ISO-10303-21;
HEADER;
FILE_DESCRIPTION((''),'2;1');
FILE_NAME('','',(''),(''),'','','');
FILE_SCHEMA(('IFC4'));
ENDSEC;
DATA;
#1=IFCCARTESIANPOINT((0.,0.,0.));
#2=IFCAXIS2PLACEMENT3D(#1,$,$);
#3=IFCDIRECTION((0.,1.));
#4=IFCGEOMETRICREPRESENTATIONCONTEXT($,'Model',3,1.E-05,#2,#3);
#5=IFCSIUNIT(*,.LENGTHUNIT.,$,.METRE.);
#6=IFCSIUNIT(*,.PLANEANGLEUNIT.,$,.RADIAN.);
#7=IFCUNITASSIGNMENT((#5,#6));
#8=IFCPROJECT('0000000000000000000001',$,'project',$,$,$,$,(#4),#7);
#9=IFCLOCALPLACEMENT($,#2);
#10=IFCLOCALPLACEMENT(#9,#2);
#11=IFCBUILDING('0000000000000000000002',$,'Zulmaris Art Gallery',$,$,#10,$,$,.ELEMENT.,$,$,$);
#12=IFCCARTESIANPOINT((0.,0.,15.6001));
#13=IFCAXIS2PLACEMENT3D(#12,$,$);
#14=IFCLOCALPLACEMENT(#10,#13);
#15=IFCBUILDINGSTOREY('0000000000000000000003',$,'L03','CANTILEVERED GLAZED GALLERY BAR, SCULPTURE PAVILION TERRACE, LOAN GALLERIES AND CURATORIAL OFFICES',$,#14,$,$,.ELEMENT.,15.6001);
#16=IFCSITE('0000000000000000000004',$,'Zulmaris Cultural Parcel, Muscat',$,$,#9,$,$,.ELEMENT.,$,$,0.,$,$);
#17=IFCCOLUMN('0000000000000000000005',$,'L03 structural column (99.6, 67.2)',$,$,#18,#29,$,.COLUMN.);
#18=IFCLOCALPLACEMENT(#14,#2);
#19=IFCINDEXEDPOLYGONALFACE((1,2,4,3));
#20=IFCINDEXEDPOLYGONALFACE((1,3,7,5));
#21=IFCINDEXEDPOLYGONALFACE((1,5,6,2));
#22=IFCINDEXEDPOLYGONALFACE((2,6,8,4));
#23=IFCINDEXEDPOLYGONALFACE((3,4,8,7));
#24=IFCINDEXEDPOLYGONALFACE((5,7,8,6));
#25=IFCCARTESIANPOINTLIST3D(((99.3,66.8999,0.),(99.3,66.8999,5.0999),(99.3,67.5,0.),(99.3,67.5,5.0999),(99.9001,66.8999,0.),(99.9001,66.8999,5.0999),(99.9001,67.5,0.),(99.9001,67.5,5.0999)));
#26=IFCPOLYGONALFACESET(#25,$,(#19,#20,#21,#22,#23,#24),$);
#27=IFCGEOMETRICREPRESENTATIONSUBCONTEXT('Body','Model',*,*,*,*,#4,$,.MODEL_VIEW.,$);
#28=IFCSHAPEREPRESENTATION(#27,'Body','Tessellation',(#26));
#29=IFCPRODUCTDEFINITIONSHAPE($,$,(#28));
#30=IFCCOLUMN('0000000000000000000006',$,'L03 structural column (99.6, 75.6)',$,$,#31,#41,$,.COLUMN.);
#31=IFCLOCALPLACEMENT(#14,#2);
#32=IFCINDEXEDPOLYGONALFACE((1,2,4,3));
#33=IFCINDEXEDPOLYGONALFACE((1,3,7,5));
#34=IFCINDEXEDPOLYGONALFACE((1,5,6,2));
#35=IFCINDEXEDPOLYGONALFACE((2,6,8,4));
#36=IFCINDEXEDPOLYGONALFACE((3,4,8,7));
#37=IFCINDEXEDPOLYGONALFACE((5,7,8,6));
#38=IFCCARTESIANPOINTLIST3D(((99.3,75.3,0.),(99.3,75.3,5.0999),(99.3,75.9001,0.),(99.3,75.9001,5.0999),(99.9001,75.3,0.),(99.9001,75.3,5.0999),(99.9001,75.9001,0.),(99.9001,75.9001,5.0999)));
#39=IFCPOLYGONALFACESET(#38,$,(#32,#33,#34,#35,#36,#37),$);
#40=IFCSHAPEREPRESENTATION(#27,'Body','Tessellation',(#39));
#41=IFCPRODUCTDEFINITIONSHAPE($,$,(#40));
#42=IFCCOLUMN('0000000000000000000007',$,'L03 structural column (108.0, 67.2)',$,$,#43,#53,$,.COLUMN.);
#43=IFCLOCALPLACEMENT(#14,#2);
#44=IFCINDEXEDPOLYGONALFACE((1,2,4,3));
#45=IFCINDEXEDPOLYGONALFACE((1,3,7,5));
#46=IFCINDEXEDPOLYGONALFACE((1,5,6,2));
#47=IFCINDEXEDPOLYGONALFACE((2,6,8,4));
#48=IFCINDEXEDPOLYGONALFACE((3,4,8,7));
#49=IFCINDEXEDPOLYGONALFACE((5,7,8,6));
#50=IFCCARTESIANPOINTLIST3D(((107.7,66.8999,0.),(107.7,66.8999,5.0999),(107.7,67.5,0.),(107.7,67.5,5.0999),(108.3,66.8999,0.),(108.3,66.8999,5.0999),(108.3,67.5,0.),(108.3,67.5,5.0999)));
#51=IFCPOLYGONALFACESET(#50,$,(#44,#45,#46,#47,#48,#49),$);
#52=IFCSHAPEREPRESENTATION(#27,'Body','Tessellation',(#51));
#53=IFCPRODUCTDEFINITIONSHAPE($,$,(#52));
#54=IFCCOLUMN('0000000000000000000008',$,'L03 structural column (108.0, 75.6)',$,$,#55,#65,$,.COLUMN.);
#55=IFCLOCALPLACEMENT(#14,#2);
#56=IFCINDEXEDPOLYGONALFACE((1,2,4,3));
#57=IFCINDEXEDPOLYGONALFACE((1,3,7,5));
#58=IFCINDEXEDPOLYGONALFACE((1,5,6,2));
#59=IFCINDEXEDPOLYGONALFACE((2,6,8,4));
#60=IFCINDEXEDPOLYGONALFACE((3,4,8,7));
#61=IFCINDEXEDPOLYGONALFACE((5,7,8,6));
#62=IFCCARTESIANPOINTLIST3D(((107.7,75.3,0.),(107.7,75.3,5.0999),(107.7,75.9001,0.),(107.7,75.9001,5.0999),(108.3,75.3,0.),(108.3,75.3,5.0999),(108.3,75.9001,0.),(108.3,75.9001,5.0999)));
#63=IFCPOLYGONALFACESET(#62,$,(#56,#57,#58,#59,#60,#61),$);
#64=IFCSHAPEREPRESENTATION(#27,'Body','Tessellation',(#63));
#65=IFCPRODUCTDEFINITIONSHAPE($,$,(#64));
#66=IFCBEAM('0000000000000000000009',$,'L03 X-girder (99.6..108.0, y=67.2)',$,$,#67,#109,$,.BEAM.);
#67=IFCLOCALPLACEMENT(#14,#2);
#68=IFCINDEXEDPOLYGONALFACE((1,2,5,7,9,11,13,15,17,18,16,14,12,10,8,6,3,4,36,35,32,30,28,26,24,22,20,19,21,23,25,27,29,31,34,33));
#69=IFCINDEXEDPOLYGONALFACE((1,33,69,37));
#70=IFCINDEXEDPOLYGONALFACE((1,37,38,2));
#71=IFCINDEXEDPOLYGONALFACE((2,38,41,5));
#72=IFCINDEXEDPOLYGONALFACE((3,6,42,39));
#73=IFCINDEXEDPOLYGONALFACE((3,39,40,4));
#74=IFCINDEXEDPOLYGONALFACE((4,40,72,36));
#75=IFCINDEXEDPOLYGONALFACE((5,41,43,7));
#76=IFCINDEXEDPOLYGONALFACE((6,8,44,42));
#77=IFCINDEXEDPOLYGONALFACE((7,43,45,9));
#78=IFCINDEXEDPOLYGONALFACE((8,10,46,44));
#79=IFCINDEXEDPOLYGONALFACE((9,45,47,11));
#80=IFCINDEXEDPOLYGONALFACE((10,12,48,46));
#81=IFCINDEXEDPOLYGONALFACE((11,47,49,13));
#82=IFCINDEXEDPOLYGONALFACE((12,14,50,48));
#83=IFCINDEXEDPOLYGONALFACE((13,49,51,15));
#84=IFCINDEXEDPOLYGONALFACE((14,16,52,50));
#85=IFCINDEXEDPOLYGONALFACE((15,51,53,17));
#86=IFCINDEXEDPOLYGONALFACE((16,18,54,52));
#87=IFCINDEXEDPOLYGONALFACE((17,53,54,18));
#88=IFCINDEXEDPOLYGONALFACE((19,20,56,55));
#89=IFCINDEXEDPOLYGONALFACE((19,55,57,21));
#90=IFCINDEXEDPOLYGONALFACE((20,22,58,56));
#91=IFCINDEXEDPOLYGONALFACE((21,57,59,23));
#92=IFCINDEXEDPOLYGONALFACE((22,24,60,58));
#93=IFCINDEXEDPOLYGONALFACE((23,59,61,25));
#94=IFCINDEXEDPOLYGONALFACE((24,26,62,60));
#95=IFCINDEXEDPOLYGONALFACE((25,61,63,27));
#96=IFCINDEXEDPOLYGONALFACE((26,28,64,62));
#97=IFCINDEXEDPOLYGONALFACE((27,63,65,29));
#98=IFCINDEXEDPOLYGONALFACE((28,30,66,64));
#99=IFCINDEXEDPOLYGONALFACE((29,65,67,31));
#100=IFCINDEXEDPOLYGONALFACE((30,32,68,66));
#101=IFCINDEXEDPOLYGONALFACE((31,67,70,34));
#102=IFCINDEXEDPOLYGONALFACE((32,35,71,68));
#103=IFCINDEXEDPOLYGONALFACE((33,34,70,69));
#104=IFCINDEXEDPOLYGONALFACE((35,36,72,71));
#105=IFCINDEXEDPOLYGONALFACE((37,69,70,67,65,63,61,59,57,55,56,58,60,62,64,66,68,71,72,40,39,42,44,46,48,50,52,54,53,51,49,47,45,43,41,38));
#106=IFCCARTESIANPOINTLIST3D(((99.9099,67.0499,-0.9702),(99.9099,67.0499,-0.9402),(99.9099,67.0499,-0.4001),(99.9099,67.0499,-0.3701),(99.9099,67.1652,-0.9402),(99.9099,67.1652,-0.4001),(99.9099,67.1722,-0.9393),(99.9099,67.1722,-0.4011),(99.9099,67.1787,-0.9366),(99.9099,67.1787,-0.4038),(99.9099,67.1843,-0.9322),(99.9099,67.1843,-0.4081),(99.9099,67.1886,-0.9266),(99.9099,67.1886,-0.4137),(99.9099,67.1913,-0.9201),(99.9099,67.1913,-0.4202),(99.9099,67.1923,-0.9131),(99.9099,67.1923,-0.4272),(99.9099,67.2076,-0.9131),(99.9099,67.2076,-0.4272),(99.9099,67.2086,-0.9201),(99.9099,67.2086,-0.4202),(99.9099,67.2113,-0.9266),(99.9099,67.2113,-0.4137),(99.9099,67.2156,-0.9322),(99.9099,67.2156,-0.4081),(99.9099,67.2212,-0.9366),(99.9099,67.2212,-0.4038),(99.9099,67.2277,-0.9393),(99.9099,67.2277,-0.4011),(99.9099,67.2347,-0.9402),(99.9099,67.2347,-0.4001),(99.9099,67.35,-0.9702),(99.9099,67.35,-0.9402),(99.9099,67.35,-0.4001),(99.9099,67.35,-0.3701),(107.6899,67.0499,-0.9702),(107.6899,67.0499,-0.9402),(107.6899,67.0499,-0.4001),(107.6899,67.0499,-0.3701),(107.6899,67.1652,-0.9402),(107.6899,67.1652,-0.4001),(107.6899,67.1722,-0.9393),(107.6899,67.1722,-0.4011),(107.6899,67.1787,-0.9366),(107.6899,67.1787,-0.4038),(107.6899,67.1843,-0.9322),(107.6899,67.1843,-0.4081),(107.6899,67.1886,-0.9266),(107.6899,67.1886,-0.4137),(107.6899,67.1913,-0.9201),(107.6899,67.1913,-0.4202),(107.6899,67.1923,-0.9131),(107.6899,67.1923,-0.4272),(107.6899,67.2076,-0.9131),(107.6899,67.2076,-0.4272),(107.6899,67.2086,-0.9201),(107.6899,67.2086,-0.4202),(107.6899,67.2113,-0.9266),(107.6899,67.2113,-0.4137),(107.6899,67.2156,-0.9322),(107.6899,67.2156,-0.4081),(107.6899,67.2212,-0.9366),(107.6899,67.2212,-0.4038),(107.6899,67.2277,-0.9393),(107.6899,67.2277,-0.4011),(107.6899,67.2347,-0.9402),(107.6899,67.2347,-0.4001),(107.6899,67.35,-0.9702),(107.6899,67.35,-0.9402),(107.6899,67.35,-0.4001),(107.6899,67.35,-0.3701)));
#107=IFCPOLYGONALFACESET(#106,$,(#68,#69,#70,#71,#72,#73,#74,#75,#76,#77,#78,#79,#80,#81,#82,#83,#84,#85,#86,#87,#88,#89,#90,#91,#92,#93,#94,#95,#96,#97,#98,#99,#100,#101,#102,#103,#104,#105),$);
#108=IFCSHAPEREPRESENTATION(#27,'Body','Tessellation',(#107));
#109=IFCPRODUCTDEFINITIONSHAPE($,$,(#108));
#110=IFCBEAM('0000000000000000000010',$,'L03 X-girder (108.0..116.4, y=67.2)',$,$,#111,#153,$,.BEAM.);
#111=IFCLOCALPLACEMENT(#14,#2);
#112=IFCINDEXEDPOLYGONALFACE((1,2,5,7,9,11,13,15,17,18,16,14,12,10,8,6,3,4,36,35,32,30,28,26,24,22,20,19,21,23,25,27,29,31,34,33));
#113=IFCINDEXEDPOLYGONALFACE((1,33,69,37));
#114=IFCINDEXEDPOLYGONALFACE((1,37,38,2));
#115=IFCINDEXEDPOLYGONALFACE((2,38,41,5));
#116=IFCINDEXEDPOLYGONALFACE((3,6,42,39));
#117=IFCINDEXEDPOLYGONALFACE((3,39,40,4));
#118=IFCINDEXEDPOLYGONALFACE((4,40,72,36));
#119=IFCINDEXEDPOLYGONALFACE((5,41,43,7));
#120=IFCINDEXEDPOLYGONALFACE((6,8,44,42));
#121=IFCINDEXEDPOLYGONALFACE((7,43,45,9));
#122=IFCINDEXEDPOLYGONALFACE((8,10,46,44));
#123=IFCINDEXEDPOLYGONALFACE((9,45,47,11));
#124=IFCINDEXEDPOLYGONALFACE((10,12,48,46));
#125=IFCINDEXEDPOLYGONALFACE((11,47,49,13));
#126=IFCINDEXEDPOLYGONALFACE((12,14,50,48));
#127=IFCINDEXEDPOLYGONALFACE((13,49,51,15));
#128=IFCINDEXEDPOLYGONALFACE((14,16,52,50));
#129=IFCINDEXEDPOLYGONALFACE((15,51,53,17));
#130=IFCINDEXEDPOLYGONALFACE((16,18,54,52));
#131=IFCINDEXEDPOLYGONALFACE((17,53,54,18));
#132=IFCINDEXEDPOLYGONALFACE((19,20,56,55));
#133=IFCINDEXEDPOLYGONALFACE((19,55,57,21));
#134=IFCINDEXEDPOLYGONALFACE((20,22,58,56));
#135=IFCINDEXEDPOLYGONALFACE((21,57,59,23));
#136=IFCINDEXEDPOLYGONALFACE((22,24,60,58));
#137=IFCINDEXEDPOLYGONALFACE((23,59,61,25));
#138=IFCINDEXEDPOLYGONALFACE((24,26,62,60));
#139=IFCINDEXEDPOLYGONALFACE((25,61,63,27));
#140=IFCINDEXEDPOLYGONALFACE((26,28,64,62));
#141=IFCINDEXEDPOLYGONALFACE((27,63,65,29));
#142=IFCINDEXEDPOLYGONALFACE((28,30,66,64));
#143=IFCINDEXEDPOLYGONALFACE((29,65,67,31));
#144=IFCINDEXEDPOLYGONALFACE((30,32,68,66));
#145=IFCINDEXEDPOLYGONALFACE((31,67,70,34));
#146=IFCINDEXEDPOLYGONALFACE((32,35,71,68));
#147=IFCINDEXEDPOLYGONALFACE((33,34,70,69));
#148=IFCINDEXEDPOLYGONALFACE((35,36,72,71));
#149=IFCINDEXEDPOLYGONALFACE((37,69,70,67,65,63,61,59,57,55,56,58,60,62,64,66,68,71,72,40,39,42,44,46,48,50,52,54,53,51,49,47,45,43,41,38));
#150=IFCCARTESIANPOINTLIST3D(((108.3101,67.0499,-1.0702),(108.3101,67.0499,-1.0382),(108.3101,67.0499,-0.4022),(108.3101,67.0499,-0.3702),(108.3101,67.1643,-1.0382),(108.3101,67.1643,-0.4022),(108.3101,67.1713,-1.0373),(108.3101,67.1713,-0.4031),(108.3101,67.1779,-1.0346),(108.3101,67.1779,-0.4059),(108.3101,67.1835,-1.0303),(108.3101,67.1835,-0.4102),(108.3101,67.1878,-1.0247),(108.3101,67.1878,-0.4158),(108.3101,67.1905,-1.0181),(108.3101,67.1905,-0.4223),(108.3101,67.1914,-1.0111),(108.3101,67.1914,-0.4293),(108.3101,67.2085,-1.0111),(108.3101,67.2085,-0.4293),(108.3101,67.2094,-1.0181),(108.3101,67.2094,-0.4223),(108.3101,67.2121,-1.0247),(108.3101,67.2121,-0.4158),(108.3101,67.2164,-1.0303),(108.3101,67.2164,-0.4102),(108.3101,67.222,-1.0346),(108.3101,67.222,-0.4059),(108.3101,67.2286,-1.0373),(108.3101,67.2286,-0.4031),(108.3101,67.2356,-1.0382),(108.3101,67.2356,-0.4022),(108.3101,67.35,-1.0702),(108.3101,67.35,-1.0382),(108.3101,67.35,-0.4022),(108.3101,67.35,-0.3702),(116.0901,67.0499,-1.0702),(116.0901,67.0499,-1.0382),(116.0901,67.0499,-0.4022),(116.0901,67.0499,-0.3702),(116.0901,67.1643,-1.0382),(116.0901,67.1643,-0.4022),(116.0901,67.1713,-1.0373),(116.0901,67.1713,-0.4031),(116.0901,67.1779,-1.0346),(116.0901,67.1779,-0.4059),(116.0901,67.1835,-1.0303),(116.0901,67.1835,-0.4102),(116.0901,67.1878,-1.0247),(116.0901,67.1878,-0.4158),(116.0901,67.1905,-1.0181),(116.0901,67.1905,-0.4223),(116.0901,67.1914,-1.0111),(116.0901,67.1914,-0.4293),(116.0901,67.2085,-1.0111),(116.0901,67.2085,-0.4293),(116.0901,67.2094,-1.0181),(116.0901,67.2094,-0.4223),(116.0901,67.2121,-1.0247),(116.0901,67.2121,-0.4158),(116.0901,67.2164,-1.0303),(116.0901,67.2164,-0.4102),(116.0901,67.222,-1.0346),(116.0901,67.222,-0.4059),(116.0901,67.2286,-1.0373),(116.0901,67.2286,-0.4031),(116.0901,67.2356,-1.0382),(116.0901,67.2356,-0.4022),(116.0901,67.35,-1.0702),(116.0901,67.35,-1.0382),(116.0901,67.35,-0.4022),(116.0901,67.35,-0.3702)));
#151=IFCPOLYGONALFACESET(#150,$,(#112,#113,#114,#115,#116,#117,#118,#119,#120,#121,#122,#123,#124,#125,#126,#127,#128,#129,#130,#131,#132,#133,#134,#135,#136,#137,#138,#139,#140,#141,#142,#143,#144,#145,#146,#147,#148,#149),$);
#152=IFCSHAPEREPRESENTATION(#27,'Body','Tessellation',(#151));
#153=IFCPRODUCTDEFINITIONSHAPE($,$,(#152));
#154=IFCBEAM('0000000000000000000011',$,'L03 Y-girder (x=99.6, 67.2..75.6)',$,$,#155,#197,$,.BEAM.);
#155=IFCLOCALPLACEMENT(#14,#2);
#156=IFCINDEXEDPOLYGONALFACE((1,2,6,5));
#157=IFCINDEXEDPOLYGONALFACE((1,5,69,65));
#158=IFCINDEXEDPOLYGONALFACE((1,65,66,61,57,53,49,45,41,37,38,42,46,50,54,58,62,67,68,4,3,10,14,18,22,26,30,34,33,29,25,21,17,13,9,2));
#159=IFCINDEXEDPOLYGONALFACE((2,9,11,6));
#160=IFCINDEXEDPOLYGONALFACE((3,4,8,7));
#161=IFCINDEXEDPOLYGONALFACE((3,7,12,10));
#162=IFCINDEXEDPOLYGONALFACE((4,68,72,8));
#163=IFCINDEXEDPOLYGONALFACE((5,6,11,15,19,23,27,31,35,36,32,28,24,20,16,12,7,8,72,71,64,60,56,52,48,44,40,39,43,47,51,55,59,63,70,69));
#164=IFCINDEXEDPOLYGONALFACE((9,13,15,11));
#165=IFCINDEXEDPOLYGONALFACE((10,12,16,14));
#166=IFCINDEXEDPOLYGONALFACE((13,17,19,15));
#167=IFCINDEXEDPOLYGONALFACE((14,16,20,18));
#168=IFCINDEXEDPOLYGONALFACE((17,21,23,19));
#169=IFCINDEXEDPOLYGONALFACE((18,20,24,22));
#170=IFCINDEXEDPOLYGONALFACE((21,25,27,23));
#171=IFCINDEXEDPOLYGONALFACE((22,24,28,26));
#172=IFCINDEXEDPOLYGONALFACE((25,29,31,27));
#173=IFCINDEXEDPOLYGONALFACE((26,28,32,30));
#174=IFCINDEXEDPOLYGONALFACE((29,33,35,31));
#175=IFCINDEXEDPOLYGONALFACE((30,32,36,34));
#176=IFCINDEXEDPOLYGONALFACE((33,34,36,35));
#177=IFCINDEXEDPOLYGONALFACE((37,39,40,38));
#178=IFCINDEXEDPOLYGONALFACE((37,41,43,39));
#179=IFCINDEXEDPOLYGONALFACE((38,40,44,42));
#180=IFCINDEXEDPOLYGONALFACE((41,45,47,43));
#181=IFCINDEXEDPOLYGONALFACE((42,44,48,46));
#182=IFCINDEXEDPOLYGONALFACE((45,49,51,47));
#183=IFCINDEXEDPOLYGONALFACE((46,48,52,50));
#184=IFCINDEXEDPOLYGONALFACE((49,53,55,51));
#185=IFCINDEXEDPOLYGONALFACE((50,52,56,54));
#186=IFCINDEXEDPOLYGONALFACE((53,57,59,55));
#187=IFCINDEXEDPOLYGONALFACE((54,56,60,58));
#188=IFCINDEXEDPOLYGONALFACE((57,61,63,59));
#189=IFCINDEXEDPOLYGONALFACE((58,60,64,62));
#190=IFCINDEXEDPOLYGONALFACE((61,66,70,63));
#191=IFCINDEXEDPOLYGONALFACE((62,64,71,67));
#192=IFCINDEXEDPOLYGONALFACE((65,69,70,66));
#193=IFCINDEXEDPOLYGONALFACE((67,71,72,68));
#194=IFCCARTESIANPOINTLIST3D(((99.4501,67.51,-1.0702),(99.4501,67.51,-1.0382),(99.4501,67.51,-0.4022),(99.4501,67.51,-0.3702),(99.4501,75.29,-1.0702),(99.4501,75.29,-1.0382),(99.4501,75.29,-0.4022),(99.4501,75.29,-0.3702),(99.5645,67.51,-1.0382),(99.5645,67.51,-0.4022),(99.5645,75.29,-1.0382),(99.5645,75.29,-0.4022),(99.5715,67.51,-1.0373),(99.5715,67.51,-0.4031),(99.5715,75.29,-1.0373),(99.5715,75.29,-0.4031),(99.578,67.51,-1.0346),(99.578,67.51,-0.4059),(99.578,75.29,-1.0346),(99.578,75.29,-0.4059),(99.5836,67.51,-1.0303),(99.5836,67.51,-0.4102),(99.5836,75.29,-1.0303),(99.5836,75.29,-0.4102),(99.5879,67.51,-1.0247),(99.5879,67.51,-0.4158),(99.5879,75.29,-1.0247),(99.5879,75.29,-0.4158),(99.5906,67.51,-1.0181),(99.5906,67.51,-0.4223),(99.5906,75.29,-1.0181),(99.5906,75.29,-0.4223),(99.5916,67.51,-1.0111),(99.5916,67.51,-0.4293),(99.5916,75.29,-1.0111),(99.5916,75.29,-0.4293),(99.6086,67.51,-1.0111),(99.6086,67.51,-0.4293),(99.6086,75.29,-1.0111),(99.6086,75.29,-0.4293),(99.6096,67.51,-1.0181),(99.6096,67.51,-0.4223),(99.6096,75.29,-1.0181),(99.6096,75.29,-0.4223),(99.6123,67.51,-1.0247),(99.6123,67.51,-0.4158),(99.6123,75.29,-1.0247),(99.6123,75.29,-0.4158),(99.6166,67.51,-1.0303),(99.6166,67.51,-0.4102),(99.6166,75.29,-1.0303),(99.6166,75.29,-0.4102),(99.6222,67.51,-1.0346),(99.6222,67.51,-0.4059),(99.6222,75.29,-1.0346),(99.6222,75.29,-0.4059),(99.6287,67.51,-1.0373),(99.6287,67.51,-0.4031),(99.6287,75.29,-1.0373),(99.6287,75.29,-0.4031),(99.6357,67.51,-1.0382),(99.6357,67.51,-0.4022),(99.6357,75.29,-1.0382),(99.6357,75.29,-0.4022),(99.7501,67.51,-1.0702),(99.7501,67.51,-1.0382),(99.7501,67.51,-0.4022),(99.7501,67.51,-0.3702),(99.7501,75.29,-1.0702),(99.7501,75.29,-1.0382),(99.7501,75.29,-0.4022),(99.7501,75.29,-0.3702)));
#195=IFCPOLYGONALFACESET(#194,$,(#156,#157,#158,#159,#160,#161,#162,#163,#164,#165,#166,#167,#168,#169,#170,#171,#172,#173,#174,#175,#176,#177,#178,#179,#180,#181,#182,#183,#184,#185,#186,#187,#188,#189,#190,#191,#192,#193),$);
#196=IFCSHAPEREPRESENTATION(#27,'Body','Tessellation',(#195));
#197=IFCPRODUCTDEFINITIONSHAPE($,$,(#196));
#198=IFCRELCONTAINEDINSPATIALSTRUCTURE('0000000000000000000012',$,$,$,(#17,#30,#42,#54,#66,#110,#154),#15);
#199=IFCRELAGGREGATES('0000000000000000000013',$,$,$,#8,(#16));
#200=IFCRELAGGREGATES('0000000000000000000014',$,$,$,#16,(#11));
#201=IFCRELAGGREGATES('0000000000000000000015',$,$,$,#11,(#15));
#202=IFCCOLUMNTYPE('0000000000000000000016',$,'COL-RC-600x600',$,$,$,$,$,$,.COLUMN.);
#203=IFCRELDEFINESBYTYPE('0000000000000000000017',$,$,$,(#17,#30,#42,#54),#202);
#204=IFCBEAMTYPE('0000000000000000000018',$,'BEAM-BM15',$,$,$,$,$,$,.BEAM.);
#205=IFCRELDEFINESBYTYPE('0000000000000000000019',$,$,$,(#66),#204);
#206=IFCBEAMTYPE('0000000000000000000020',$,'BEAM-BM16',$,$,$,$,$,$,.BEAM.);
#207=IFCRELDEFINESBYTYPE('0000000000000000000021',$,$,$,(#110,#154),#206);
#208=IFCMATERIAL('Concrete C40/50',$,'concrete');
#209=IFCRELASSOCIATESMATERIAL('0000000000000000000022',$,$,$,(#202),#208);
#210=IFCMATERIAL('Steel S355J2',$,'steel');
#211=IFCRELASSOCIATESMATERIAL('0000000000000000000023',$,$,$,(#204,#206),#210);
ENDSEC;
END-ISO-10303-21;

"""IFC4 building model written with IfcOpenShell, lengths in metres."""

from ifc_helpers import new_model, si_unit, direction, frame, origin, origin_2d, place, context, subcontext, project, spatial, rectangle, i_section, extrude, material, material_profile, profile_set, type_object, element, save


model = new_model("IFC4")

# Units and contexts
model_context = context("Model", 3, precision=1e-05, world=origin(), true_north=direction((0.0, 1.0)))
body_context = subcontext(model_context, "Body", "Model", "MODEL_VIEW")
ifc_project = project(units=[si_unit("LENGTHUNIT", "METRE"), si_unit("PLANEANGLEUNIT", "RADIAN")], contexts=[model_context])

# Site, building, storey
site_placement = place(None, origin())
site = spatial("IfcSite", under=ifc_project, at=site_placement, Name="Zulmaris Cultural Parcel, Muscat", CompositionType="ELEMENT", RefElevation=0.0)
building_placement = place(site_placement, origin())
building = spatial("IfcBuilding", under=site, at=building_placement, Name="Zulmaris Art Gallery", CompositionType="ELEMENT")
storey_placement = place(building_placement, frame((0.0, 0.0, 15.6001)))
storey = spatial("IfcBuildingStorey", under=building, at=storey_placement, Name="L03", Description="CANTILEVERED GLAZED GALLERY BAR, SCULPTURE PAVILION TERRACE, LOAN GALLERIES AND CURATORIAL OFFICES", CompositionType="ELEMENT", Elevation=15.6001)

# Columns
ifc_material_1 = material(Name="Concrete C40/50", Category="concrete")
ifc_material_profile_1 = material_profile(ifc_material_1, rectangle(XDim=0.6001, YDim=0.6001, at=origin_2d()), Name="RC 600x600")
ifc_profile_set_1 = profile_set([ifc_material_profile_1], Name="Concrete C40/50")
column_type = type_object("IfcColumnType", Name="COL-RC-600x600", PredefinedType="COLUMN", material=ifc_profile_set_1)
for number, where, z_axis, x_axis, name in (
    (1, (99.6001, 67.2, 0.0), (0.0, 0.0, 1.0), (1.0, 0.0, 0.0), "L03 structural column (99.6, 67.2)"),
    (2, (99.6001, 75.6001, 0.0), (0.0, 0.0, 1.0), (1.0, 0.0, 0.0), "L03 structural column (99.6, 75.6)"),
    (3, (108.0, 67.2, 0.0), (0.0, 0.0, 1.0), (1.0, 0.0, 0.0), "L03 structural column (108.0, 67.2)"),
    (4, (108.0, 75.6001, 0.0), (0.0, 0.0, 1.0), (1.0, 0.0, 0.0), "L03 structural column (108.0, 75.6)"),
):
    element("IfcColumn", number, at=place(storey_placement, frame(where, z_axis=z_axis, x_axis=x_axis)), inside=storey, type_object=column_type, Name=name, PredefinedType="COLUMN", context=body_context, shape_type="SweptSolid", body=[
        extrude(rectangle(XDim=0.6001, YDim=0.6001, at=origin_2d()), origin(), (0.0, 0.0, 1.0), 5.0999),
    ])

# Beams
ifc_material_2 = material(Name="Steel S355J2", Category="steel")
ifc_material_profile_2 = material_profile(ifc_material_2, i_section(OverallWidth=0.3, OverallDepth=0.6001, WebThickness=0.0154, FlangeThickness=0.03, FilletRadius=0.0271, at=origin_2d()), Name="HEB 600")
ifc_profile_set_2 = profile_set([ifc_material_profile_2], Name="Steel S355J2")
beam_type_1 = type_object("IfcBeamType", Name="BEAM-BM15", PredefinedType="BEAM", material=ifc_profile_set_2)
beam_1_placement = place(storey_placement, frame((99.9099, 67.2, -0.6702), z_axis=(1.0, 0.0, 0.0), x_axis=(0.0, 1.0, 0.0)))
element("IfcBeam", 5, at=beam_1_placement, inside=storey, type_object=beam_type_1, Name="L03 X-girder (99.6..108.0, y=67.2)", PredefinedType="BEAM", context=body_context, shape_type="SweptSolid", body=[
    extrude(i_section(OverallWidth=0.3, OverallDepth=0.6001, WebThickness=0.0154, FlangeThickness=0.03, FilletRadius=0.0271, at=origin_2d()), origin(), (0.0, 0.0, 1.0), 7.78),
])
ifc_material_profile_3 = material_profile(ifc_material_2, i_section(OverallWidth=0.3, OverallDepth=0.7, WebThickness=0.0171, FlangeThickness=0.032, FilletRadius=0.0271, at=origin_2d()), Name="HEB 700")
ifc_profile_set_3 = profile_set([ifc_material_profile_3], Name="Steel S355J2")
beam_type_2 = type_object("IfcBeamType", Name="BEAM-BM16", PredefinedType="BEAM", material=ifc_profile_set_3)
for number, where, z_axis, x_axis, name in (
    (6, (108.3101, 67.2, -0.7202), (1.0, 0.0, 0.0), (0.0, 1.0, 0.0), "L03 X-girder (108.0..116.4, y=67.2)"),
    (7, (99.6001, 67.51, -0.7202), (0.0, 1.0, 0.0), (-1.0, 0.0, 0.0), "L03 Y-girder (x=99.6, 67.2..75.6)"),
):
    element("IfcBeam", number, at=place(storey_placement, frame(where, z_axis=z_axis, x_axis=x_axis)), inside=storey, type_object=beam_type_2, Name=name, PredefinedType="BEAM", context=body_context, shape_type="SweptSolid", body=[
        extrude(i_section(OverallWidth=0.3, OverallDepth=0.7, WebThickness=0.0171, FlangeThickness=0.032, FilletRadius=0.0271, at=origin_2d()), origin(), (0.0, 0.0, 1.0), 7.78),
    ])

save(model, "model.ifc")
